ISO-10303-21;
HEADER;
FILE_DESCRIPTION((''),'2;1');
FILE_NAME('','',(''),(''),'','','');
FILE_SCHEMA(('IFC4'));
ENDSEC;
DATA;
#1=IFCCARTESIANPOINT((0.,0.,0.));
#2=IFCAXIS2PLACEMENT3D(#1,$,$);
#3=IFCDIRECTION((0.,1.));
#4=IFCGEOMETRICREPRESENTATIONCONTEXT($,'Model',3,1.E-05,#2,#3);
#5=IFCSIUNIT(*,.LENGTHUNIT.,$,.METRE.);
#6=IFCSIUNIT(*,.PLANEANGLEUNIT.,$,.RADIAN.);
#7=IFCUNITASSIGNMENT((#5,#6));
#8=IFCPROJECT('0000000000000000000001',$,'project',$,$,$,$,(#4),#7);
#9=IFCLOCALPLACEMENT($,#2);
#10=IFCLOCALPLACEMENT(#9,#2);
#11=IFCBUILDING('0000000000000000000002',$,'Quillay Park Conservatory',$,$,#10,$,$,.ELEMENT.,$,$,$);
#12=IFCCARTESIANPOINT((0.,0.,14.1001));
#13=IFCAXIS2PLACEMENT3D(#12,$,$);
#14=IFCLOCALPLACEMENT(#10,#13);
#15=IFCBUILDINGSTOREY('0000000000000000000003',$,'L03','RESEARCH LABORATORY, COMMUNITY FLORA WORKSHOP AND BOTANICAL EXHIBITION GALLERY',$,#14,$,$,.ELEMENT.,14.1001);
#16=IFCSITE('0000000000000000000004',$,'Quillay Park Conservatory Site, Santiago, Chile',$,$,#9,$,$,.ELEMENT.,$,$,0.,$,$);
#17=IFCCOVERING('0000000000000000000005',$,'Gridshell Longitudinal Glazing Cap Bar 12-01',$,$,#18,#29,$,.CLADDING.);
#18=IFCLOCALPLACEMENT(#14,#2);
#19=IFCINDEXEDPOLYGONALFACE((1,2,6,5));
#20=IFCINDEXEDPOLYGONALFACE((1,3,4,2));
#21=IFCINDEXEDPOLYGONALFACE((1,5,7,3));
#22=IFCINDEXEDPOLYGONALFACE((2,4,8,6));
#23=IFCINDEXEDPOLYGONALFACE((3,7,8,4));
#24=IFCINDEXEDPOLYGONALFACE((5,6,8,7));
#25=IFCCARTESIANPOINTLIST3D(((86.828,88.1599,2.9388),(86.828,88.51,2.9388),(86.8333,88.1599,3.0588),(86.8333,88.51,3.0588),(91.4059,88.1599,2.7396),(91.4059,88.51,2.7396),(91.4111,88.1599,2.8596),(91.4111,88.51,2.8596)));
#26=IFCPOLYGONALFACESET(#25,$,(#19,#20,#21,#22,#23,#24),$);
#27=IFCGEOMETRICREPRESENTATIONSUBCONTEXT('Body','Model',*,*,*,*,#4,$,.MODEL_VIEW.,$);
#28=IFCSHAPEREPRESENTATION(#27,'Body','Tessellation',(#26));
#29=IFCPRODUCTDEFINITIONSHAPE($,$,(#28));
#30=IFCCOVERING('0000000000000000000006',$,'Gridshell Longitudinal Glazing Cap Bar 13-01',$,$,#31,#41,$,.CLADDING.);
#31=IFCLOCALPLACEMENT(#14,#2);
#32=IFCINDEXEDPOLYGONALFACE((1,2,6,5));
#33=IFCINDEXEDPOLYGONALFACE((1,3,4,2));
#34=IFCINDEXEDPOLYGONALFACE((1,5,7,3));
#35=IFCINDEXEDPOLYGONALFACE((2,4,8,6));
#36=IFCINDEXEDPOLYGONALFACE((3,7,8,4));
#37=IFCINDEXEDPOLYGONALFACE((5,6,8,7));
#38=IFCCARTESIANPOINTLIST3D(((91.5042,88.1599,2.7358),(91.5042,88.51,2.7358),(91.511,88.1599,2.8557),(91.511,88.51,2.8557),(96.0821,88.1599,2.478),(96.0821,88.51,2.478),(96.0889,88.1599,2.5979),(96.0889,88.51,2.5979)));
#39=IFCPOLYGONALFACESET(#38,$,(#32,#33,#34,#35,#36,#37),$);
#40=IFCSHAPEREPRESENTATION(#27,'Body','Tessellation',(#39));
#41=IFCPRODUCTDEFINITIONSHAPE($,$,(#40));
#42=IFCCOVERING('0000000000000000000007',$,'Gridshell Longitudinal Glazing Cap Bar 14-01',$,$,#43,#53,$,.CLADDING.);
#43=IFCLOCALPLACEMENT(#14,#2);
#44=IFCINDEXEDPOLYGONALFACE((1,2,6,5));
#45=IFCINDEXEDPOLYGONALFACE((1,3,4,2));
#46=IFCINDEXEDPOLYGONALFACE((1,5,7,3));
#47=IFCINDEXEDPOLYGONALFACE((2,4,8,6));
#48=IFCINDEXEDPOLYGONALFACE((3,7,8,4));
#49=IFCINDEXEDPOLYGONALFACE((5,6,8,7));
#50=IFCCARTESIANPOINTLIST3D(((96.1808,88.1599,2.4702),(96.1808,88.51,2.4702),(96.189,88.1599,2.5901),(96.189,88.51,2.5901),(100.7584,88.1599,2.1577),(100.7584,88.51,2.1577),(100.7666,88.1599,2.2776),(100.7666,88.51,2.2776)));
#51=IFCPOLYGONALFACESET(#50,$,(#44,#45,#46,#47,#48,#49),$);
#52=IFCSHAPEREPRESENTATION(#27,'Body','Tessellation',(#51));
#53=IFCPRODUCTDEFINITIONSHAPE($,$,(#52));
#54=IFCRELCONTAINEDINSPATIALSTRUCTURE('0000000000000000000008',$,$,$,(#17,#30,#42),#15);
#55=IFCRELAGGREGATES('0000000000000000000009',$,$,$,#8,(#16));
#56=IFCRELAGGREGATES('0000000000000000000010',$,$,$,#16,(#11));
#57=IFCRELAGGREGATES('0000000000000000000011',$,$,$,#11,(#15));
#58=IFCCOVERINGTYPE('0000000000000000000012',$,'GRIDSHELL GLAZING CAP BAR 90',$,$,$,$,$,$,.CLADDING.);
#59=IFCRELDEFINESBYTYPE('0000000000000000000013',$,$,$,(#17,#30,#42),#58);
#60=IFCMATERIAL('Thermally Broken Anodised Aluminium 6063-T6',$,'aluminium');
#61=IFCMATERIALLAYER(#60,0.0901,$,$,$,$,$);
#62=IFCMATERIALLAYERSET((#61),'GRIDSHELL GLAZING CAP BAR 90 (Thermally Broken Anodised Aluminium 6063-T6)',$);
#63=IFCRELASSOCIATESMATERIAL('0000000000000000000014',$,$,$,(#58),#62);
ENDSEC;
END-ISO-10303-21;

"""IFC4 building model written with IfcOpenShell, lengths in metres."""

from ifc_helpers import new_model, si_unit, direction, frame, origin, place, context, subcontext, project, spatial, polyline, outline, extrude, material, layer, layer_set, type_object, element, save


model = new_model("IFC4")

# Units and contexts
model_context = context("Model", 3, precision=1e-05, world=origin(), true_north=direction((0.0, 1.0)))
body_context = subcontext(model_context, "Body", "Model", "MODEL_VIEW")
ifc_project = project(units=[si_unit("LENGTHUNIT", "METRE"), si_unit("PLANEANGLEUNIT", "RADIAN")], contexts=[model_context])

# Site, building, storey
site_placement = place(None, origin())
site = spatial("IfcSite", under=ifc_project, at=site_placement, Name="Quillay Park Conservatory Site, Santiago, Chile", CompositionType="ELEMENT", RefElevation=0.0)
building_placement = place(site_placement, origin())
building = spatial("IfcBuilding", under=site, at=building_placement, Name="Quillay Park Conservatory", CompositionType="ELEMENT")
storey_placement = place(building_placement, frame((0.0, 0.0, 14.1001)))
storey = spatial("IfcBuildingStorey", under=building, at=storey_placement, Name="L03", Description="RESEARCH LABORATORY, COMMUNITY FLORA WORKSHOP AND BOTANICAL EXHIBITION GALLERY", CompositionType="ELEMENT", Elevation=14.1001)

# Coverings
ifc_material_1 = material(Name="Thermally Broken Anodised Aluminium 6063-T6", Category="aluminium")
ifc_layer_1 = layer(ifc_material_1, 0.0901)
ifc_layer_set_1 = layer_set([ifc_layer_1], Name="GRIDSHELL GLAZING CAP BAR 90 (Thermally Broken Anodised Aluminium 6063-T6)")
covering_type = type_object("IfcCoveringType", Name="GRIDSHELL GLAZING CAP BAR 90", PredefinedType="CLADDING", material=ifc_layer_set_1)
covering_1_placement = place(storey_placement, frame((86.8333, 88.1599, 3.0588), z_axis=(0.043477, 0.0, 0.999054), x_axis=(0.999054, 0.0, -0.043477)))
element("IfcCovering", 1, at=covering_1_placement, inside=storey, type_object=covering_type, Name="Gridshell Longitudinal Glazing Cap Bar 12-01", PredefinedType="CLADDING", context=body_context, shape_type="SweptSolid", body=[
    extrude(outline(polyline([(0.0, 0.0), (4.5822, 0.0), (4.5822, 0.3501), (0.0, 0.3501), (0.0, 0.0)])), origin(), (0.0, 0.0, -1.0), 0.1201),
])
covering_2_placement = place(storey_placement, frame((91.511, 88.1599, 2.8557), z_axis=(0.056228, 0.0, 0.998418), x_axis=(0.998418, 0.0, -0.056228)))
element("IfcCovering", 2, at=covering_2_placement, inside=storey, type_object=covering_type, Name="Gridshell Longitudinal Glazing Cap Bar 13-01", PredefinedType="CLADDING", context=body_context, shape_type="SweptSolid", body=[
    extrude(outline(polyline([(0.0, 0.0), (4.5851, 0.0), (4.5851, 0.3501), (0.0, 0.3501), (0.0, 0.0)])), origin(), (0.0, 0.0, -1.0), 0.1201),
])
covering_3_placement = place(storey_placement, frame((96.189, 88.1599, 2.5901), z_axis=(0.068108, 0.0, 0.997678), x_axis=(0.997678, 0.0, -0.068108)))
element("IfcCovering", 3, at=covering_3_placement, inside=storey, type_object=covering_type, Name="Gridshell Longitudinal Glazing Cap Bar 14-01", PredefinedType="CLADDING", context=body_context, shape_type="SweptSolid", body=[
    extrude(outline(polyline([(0.0, 0.0), (4.5883, 0.0), (4.5883, 0.3501), (0.0, 0.3501), (0.0, 0.0)])), origin(), (0.0, 0.0, -1.0), 0.1201),
])

save(model, "model.ifc")
